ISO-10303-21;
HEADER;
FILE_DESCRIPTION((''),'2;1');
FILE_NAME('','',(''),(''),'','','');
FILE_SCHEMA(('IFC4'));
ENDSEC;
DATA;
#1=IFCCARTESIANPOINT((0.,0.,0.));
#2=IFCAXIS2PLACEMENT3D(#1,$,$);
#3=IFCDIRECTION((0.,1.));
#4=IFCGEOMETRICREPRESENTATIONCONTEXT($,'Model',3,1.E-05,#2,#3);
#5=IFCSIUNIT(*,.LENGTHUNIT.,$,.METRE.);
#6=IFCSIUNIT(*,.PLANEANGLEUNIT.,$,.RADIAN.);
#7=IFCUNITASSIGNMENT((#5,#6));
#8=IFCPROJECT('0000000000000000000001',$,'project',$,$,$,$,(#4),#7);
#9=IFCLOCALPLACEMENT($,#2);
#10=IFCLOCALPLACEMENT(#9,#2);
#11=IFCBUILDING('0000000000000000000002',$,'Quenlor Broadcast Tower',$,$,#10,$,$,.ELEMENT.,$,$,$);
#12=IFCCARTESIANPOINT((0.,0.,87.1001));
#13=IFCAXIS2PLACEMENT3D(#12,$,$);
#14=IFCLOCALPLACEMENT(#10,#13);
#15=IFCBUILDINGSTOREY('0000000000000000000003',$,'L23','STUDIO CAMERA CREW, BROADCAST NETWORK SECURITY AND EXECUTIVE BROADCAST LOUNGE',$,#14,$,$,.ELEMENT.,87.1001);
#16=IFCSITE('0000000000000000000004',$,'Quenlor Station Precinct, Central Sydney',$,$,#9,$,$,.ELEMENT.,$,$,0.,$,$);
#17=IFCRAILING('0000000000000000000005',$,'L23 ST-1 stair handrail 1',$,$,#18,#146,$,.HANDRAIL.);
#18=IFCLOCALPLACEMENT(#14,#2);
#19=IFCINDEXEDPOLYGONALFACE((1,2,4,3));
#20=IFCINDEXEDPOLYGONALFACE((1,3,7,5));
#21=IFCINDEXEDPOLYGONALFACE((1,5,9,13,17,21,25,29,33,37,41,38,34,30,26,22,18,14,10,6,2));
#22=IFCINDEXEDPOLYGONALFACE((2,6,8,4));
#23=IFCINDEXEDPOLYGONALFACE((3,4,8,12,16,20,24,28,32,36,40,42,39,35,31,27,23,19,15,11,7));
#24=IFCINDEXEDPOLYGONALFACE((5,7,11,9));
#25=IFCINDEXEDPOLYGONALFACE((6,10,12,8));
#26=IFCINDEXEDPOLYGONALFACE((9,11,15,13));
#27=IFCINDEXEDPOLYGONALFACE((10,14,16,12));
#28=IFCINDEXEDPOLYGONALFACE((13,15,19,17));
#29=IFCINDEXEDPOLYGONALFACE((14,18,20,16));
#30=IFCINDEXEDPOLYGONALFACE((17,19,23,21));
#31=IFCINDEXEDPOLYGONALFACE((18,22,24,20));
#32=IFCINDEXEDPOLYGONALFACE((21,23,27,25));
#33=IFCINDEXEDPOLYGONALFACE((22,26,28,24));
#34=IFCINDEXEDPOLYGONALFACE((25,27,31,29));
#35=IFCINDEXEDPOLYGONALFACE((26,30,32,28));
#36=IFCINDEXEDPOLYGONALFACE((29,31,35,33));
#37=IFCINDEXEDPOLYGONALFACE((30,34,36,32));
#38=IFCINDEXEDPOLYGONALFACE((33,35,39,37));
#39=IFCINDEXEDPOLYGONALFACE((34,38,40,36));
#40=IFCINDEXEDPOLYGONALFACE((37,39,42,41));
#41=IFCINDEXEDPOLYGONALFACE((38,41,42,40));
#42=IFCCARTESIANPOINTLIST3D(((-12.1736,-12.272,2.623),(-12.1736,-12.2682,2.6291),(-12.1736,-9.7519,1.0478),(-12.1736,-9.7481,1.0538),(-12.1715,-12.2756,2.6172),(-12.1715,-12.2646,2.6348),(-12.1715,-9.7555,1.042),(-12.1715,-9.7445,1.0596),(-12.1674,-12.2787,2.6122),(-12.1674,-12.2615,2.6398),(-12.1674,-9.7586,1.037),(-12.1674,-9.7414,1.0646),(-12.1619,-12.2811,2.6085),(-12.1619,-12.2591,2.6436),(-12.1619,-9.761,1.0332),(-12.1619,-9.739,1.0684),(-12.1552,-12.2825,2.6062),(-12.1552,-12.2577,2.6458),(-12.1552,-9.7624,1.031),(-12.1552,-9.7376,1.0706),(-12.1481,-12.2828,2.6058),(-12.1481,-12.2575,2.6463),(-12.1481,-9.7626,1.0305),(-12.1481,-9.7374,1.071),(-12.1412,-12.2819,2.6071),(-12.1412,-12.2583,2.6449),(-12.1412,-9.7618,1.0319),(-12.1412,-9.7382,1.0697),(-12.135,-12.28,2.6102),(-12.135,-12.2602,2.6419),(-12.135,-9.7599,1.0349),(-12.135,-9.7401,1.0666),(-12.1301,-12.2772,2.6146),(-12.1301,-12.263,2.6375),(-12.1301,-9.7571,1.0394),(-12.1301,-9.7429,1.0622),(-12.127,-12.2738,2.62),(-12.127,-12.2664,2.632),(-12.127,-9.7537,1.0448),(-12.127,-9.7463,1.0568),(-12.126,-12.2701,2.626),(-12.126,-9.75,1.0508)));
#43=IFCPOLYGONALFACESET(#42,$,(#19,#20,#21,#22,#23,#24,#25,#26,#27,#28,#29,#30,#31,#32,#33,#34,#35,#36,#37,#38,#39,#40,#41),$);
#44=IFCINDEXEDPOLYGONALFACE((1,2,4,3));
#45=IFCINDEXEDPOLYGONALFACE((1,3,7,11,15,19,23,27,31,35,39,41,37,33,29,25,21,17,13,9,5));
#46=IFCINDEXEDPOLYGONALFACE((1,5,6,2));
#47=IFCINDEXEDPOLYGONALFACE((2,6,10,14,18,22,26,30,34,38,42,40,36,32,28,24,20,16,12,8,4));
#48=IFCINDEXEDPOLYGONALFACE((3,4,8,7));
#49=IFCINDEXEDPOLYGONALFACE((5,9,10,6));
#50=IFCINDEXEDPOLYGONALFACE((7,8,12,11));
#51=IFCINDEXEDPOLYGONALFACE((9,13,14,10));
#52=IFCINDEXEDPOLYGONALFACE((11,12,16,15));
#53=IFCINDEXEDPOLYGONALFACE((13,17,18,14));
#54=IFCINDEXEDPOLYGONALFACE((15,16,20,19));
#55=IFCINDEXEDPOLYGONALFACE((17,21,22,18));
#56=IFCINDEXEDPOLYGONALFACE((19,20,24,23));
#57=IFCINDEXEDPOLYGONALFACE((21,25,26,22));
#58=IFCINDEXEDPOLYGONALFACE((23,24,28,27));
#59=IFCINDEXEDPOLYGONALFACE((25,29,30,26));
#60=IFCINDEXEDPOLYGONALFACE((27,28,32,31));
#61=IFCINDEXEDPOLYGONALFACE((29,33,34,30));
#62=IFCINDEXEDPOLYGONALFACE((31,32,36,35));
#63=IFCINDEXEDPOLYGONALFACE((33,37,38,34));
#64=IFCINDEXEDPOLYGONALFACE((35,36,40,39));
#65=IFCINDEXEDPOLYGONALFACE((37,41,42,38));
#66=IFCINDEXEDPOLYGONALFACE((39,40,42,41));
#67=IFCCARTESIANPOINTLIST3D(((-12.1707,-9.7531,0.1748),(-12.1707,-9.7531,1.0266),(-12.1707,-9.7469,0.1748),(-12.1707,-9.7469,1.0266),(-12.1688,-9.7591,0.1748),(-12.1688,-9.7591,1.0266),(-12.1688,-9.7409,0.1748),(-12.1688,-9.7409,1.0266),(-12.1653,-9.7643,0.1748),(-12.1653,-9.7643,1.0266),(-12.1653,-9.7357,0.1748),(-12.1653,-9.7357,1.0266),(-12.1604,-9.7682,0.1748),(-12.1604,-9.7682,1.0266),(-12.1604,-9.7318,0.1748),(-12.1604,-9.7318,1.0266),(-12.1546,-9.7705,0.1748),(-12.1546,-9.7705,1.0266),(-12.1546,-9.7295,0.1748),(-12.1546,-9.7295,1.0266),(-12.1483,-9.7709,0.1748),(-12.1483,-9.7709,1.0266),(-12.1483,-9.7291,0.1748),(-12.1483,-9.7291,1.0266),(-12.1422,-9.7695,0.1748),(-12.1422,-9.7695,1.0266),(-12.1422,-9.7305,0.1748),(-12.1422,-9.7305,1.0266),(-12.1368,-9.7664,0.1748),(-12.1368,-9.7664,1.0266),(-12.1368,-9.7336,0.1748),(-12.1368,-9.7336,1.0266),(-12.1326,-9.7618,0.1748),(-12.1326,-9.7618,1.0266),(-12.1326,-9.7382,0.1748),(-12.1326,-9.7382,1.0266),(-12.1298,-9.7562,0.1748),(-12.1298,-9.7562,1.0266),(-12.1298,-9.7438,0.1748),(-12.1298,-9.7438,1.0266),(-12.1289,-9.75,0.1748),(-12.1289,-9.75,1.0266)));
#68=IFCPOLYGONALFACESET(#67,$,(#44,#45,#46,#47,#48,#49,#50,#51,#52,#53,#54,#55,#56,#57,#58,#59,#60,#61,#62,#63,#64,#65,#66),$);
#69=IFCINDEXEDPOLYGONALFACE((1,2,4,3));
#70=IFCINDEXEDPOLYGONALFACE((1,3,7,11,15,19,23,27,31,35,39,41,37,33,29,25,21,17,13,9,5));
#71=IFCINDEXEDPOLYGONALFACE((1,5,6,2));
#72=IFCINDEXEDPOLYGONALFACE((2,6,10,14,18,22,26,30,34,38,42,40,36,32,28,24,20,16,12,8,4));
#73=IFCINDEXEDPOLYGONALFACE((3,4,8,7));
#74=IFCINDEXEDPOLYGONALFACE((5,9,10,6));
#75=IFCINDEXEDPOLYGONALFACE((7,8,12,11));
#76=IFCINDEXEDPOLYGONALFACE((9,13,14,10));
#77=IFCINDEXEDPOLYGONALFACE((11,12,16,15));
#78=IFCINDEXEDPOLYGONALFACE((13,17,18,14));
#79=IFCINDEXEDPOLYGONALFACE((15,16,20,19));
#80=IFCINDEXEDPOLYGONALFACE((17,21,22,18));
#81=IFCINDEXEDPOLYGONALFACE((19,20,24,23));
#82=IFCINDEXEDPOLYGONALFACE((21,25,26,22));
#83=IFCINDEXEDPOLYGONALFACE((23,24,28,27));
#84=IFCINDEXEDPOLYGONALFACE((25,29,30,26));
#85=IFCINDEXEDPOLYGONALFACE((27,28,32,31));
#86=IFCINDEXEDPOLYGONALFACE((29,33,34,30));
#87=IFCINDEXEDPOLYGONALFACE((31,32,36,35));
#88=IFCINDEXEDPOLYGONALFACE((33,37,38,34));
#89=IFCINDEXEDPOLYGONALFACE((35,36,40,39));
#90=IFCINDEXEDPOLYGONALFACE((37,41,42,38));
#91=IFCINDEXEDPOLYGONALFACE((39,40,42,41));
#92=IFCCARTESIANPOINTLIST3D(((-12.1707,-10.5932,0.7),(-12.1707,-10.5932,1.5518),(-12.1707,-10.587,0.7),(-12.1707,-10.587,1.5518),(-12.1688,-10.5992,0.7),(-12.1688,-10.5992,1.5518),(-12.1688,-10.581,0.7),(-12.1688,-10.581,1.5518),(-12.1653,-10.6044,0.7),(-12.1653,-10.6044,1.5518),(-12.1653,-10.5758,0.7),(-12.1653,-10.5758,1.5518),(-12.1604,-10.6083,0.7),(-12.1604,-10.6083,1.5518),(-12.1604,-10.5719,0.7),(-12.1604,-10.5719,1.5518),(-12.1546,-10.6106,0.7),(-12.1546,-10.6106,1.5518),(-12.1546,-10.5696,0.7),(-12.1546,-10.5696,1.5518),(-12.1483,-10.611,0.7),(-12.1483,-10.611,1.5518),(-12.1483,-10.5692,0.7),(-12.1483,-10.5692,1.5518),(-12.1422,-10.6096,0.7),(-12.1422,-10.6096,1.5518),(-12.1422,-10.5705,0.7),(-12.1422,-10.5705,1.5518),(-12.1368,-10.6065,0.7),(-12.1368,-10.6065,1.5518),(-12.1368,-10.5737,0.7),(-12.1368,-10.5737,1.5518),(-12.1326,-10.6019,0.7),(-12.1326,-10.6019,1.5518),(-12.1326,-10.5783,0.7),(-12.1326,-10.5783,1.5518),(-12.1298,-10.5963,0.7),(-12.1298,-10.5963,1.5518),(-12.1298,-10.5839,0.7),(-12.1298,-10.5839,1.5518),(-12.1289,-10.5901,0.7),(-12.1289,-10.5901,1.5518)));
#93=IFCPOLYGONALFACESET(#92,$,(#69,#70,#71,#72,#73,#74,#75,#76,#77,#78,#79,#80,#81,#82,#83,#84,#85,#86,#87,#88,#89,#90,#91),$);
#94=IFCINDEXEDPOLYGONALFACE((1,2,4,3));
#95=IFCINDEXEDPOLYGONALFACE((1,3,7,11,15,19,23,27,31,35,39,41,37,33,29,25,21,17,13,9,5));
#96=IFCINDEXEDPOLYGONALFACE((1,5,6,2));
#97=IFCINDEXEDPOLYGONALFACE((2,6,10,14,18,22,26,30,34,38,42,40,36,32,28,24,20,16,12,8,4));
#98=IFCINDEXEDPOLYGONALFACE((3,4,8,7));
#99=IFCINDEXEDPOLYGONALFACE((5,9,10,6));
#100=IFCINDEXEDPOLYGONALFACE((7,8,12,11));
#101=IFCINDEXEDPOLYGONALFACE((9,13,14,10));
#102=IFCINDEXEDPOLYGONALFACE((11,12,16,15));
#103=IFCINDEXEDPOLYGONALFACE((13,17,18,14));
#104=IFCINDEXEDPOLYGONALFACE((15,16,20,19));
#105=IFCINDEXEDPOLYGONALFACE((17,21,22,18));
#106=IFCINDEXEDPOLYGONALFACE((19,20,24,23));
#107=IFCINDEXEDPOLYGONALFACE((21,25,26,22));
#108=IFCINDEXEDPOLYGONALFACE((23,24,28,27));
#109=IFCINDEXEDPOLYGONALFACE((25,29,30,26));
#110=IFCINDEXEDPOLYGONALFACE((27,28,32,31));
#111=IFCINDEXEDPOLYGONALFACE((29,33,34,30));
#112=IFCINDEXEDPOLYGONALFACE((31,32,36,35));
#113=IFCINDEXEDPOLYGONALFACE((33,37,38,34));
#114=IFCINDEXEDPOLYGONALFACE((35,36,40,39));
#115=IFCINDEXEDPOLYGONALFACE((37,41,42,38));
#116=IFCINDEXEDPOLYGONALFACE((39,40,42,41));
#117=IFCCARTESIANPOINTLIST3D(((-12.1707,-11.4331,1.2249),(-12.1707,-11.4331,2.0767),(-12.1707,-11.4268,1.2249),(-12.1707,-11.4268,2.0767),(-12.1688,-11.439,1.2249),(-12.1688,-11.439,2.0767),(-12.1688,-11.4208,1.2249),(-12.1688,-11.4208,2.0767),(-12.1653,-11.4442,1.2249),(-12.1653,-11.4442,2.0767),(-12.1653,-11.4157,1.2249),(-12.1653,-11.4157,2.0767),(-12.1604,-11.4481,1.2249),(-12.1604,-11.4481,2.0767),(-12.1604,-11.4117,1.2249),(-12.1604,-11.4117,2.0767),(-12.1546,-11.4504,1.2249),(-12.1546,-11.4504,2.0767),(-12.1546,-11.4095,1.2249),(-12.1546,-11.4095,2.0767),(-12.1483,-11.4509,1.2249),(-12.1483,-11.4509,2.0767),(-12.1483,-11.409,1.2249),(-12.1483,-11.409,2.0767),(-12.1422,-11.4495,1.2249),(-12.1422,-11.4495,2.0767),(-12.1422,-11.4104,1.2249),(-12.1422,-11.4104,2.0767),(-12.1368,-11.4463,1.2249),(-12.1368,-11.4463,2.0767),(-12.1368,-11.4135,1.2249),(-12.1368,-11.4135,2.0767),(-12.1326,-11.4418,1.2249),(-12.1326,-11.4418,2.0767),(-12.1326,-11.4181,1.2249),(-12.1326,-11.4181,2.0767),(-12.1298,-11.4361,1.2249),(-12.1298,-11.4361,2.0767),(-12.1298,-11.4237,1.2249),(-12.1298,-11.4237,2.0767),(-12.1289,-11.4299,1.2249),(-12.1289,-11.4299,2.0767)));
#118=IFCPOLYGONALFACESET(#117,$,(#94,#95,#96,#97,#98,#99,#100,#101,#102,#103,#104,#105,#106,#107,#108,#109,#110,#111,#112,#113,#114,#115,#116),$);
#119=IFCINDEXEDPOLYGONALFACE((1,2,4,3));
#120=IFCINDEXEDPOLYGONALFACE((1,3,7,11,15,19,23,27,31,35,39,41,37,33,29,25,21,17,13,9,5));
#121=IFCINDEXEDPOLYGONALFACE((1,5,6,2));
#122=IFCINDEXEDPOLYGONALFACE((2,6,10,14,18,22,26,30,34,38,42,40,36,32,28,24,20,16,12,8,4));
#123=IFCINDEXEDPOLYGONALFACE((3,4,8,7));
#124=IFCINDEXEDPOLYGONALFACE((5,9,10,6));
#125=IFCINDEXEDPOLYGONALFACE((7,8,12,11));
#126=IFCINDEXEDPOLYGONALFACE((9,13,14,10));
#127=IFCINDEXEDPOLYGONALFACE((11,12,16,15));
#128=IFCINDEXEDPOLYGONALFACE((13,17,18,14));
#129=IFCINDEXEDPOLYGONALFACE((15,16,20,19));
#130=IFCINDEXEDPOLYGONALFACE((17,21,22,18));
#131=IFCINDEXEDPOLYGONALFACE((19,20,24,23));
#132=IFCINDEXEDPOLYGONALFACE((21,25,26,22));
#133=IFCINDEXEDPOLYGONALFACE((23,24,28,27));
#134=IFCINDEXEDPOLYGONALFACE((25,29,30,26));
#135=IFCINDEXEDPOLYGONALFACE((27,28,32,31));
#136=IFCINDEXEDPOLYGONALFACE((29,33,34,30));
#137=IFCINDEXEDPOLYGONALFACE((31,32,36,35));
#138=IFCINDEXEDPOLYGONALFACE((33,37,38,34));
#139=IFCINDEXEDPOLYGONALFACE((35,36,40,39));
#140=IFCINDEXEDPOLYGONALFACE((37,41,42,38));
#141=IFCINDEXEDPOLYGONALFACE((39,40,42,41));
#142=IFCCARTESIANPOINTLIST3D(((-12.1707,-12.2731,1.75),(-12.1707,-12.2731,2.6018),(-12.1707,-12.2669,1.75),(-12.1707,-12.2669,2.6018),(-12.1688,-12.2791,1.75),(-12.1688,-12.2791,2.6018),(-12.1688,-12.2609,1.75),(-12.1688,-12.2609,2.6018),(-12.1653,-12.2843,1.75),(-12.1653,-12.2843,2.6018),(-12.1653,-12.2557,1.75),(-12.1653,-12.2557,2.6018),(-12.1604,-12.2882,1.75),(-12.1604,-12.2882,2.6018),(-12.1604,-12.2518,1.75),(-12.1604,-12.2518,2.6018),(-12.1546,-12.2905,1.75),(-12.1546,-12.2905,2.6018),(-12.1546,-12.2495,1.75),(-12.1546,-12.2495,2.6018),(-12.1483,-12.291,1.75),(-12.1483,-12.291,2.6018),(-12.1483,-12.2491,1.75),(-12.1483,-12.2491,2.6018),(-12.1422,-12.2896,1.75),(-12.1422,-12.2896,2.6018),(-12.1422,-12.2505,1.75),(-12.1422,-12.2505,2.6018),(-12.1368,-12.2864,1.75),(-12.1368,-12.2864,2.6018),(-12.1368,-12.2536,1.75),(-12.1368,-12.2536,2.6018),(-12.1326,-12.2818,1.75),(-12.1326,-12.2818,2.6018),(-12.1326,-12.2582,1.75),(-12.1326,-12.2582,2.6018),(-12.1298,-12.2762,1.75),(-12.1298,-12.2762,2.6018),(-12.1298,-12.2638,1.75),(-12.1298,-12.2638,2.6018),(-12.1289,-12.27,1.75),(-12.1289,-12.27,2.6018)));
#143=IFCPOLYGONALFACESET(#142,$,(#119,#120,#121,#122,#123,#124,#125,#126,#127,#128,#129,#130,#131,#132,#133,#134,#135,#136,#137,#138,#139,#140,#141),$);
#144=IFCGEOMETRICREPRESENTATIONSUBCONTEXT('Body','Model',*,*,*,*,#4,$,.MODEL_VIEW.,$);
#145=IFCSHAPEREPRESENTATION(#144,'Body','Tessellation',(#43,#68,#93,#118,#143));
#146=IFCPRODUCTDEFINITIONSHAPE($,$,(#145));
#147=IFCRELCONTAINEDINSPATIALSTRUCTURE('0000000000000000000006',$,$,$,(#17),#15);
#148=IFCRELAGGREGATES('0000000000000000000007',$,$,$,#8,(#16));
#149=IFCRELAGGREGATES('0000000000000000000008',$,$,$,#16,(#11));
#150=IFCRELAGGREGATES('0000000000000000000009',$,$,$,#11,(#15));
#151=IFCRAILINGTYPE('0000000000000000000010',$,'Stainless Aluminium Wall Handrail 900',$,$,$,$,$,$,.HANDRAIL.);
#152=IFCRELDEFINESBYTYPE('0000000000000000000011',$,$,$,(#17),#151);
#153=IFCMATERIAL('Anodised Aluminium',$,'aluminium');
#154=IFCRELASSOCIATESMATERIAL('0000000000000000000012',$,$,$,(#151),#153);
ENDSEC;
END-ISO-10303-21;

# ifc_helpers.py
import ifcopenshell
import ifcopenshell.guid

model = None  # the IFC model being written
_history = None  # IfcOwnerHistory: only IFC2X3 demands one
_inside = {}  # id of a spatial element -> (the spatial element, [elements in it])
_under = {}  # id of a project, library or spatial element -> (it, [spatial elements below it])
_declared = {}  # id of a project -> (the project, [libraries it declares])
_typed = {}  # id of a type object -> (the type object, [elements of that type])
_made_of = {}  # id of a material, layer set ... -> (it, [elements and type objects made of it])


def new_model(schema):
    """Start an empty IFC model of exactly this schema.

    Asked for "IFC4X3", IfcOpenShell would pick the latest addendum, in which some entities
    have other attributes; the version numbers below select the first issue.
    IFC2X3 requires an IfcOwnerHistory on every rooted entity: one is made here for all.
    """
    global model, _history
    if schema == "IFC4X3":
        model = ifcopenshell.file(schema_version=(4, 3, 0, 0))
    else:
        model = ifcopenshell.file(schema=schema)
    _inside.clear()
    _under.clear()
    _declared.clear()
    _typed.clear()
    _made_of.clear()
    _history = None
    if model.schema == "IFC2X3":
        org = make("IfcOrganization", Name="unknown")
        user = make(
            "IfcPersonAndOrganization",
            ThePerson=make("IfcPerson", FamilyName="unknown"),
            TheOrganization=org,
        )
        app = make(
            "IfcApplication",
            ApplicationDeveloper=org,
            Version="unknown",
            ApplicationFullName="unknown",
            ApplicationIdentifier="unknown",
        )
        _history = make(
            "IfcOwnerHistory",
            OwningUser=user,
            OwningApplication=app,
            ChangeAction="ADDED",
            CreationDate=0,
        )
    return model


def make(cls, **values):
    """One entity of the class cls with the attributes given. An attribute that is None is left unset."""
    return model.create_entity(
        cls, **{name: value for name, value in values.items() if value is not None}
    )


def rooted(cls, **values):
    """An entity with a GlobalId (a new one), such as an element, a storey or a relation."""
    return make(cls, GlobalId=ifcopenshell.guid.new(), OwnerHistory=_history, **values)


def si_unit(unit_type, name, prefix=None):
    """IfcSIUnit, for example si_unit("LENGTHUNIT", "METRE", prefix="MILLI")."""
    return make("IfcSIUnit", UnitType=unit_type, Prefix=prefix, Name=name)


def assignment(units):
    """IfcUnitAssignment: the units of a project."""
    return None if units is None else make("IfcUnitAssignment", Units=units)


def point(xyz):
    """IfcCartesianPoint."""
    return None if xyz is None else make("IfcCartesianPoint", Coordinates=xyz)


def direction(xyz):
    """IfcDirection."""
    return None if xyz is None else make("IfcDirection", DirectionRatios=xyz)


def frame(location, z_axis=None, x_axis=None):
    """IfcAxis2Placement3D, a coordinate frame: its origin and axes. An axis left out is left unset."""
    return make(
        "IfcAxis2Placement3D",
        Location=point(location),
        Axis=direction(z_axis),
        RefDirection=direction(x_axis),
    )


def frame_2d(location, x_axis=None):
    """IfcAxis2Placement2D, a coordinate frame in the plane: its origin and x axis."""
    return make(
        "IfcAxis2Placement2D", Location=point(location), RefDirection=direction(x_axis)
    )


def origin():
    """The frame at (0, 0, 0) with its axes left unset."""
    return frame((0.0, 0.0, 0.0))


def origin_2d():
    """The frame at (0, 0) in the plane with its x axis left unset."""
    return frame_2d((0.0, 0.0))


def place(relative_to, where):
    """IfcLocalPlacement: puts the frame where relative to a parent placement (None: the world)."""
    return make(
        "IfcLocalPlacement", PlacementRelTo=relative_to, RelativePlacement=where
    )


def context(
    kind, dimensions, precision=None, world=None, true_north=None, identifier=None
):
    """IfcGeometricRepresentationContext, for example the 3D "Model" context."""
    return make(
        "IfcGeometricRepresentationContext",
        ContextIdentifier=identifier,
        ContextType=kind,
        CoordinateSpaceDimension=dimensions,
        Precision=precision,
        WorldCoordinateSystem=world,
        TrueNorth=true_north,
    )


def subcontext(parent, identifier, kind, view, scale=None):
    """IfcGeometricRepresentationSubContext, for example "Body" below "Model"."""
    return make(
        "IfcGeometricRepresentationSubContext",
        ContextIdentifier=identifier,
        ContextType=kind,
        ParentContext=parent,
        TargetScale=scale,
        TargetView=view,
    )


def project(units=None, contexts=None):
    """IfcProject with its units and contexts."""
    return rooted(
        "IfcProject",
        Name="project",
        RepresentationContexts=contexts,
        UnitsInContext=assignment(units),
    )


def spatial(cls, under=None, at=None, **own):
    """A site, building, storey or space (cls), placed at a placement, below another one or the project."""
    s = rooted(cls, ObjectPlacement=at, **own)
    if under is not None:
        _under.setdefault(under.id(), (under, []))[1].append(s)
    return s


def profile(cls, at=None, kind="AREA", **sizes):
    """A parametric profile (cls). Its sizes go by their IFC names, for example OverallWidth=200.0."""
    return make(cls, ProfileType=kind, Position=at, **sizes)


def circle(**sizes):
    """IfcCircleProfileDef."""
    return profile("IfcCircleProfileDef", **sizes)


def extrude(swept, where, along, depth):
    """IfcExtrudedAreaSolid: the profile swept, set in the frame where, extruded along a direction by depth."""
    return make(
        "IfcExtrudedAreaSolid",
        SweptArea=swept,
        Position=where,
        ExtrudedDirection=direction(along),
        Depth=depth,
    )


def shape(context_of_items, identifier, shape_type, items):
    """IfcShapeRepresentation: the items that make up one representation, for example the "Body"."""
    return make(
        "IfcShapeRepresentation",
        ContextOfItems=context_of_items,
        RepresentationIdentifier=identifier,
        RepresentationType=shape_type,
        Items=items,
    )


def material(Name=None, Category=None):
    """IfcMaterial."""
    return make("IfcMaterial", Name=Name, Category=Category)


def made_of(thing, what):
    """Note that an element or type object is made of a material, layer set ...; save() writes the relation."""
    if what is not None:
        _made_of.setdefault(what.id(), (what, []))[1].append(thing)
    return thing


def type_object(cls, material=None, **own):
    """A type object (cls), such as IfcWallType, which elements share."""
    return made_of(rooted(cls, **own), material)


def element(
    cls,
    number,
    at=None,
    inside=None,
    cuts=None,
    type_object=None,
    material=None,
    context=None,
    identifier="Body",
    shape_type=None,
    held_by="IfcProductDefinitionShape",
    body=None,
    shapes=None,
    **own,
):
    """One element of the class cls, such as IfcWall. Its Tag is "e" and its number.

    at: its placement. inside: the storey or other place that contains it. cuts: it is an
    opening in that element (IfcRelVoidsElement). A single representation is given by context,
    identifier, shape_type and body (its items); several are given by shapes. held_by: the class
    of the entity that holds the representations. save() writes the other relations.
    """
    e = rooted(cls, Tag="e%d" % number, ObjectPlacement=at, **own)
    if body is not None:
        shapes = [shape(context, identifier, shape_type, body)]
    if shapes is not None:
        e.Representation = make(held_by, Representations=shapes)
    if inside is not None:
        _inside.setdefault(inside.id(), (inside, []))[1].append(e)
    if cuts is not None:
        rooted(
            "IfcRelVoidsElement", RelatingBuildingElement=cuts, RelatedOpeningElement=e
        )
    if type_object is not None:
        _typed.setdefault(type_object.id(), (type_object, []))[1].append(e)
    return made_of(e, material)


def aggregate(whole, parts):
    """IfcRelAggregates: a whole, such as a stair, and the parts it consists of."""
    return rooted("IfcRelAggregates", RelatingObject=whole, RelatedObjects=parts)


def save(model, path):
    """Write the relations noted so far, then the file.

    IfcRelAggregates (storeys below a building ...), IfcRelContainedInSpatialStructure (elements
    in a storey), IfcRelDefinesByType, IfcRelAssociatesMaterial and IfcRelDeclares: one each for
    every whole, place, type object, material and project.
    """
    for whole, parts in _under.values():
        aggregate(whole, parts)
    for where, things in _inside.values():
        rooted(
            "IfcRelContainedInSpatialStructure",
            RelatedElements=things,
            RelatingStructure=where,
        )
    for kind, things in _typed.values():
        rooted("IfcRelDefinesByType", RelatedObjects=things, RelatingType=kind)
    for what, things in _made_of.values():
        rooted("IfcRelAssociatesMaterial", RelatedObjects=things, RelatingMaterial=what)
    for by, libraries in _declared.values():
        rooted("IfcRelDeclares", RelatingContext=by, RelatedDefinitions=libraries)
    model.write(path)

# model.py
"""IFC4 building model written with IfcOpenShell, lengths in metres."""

from ifc_helpers import new_model, si_unit, direction, frame, origin, origin_2d, place, context, subcontext, project, spatial, circle, extrude, material, type_object, element, save


model = new_model("IFC4")

# Units and contexts
model_context = context("Model", 3, precision=1e-05, world=origin(), true_north=direction((0.0, 1.0)))
body_context = subcontext(model_context, "Body", "Model", "MODEL_VIEW")
ifc_project = project(units=[si_unit("LENGTHUNIT", "METRE"), si_unit("PLANEANGLEUNIT", "RADIAN")], contexts=[model_context])

# Site, building, storey
site_placement = place(None, origin())
site = spatial("IfcSite", under=ifc_project, at=site_placement, Name="Quenlor Station Precinct, Central Sydney", CompositionType="ELEMENT", RefElevation=0.0)
building_placement = place(site_placement, origin())
building = spatial("IfcBuilding", under=site, at=building_placement, Name="Quenlor Broadcast Tower", CompositionType="ELEMENT")
storey_placement = place(building_placement, frame((0.0, 0.0, 87.1001)))
storey = spatial("IfcBuildingStorey", under=building, at=storey_placement, Name="L23", Description="STUDIO CAMERA CREW, BROADCAST NETWORK SECURITY AND EXECUTIVE BROADCAST LOUNGE", CompositionType="ELEMENT", Elevation=87.1001)

# Railing
ifc_material_1 = material(Name="Anodised Aluminium", Category="aluminium")
railing_type_1 = type_object("IfcRailingType", Name="Stainless Aluminium Wall Handrail 900", PredefinedType="HANDRAIL", material=ifc_material_1)
railing_1_placement = place(storey_placement, frame((-12.1499, -9.75, 0.1748)))
element("IfcRailing", 1, at=railing_1_placement, inside=storey, type_object=railing_type_1, Name="L23 ST-1 stair handrail 1", PredefinedType="HANDRAIL", context=body_context, shape_type="SweptSolid", body=[
    extrude(circle(Radius=0.0239, at=origin_2d()), frame((0.0, 0.0, 0.876), z_axis=(0.0, -0.847971, 0.530043), x_axis=(1.0, 0.0, 0.0)), (0.0, 0.0, 1.0), 2.9719),
    extrude(circle(Radius=0.021, at=origin_2d()), origin(), (0.0, 0.0, 1.0), 0.8518),
    extrude(circle(Radius=0.021, at=origin_2d()), frame((0.0, -0.8401, 0.5251)), (0.0, 0.0, 1.0), 0.8518),
    extrude(circle(Radius=0.021, at=origin_2d()), frame((0.0, -1.6799, 1.05)), (0.0, 0.0, 1.0), 0.8518),
    extrude(circle(Radius=0.021, at=origin_2d()), frame((0.0, -2.52, 1.5752)), (0.0, 0.0, 1.0), 0.8518),
])

save(model, "model.ifc")
